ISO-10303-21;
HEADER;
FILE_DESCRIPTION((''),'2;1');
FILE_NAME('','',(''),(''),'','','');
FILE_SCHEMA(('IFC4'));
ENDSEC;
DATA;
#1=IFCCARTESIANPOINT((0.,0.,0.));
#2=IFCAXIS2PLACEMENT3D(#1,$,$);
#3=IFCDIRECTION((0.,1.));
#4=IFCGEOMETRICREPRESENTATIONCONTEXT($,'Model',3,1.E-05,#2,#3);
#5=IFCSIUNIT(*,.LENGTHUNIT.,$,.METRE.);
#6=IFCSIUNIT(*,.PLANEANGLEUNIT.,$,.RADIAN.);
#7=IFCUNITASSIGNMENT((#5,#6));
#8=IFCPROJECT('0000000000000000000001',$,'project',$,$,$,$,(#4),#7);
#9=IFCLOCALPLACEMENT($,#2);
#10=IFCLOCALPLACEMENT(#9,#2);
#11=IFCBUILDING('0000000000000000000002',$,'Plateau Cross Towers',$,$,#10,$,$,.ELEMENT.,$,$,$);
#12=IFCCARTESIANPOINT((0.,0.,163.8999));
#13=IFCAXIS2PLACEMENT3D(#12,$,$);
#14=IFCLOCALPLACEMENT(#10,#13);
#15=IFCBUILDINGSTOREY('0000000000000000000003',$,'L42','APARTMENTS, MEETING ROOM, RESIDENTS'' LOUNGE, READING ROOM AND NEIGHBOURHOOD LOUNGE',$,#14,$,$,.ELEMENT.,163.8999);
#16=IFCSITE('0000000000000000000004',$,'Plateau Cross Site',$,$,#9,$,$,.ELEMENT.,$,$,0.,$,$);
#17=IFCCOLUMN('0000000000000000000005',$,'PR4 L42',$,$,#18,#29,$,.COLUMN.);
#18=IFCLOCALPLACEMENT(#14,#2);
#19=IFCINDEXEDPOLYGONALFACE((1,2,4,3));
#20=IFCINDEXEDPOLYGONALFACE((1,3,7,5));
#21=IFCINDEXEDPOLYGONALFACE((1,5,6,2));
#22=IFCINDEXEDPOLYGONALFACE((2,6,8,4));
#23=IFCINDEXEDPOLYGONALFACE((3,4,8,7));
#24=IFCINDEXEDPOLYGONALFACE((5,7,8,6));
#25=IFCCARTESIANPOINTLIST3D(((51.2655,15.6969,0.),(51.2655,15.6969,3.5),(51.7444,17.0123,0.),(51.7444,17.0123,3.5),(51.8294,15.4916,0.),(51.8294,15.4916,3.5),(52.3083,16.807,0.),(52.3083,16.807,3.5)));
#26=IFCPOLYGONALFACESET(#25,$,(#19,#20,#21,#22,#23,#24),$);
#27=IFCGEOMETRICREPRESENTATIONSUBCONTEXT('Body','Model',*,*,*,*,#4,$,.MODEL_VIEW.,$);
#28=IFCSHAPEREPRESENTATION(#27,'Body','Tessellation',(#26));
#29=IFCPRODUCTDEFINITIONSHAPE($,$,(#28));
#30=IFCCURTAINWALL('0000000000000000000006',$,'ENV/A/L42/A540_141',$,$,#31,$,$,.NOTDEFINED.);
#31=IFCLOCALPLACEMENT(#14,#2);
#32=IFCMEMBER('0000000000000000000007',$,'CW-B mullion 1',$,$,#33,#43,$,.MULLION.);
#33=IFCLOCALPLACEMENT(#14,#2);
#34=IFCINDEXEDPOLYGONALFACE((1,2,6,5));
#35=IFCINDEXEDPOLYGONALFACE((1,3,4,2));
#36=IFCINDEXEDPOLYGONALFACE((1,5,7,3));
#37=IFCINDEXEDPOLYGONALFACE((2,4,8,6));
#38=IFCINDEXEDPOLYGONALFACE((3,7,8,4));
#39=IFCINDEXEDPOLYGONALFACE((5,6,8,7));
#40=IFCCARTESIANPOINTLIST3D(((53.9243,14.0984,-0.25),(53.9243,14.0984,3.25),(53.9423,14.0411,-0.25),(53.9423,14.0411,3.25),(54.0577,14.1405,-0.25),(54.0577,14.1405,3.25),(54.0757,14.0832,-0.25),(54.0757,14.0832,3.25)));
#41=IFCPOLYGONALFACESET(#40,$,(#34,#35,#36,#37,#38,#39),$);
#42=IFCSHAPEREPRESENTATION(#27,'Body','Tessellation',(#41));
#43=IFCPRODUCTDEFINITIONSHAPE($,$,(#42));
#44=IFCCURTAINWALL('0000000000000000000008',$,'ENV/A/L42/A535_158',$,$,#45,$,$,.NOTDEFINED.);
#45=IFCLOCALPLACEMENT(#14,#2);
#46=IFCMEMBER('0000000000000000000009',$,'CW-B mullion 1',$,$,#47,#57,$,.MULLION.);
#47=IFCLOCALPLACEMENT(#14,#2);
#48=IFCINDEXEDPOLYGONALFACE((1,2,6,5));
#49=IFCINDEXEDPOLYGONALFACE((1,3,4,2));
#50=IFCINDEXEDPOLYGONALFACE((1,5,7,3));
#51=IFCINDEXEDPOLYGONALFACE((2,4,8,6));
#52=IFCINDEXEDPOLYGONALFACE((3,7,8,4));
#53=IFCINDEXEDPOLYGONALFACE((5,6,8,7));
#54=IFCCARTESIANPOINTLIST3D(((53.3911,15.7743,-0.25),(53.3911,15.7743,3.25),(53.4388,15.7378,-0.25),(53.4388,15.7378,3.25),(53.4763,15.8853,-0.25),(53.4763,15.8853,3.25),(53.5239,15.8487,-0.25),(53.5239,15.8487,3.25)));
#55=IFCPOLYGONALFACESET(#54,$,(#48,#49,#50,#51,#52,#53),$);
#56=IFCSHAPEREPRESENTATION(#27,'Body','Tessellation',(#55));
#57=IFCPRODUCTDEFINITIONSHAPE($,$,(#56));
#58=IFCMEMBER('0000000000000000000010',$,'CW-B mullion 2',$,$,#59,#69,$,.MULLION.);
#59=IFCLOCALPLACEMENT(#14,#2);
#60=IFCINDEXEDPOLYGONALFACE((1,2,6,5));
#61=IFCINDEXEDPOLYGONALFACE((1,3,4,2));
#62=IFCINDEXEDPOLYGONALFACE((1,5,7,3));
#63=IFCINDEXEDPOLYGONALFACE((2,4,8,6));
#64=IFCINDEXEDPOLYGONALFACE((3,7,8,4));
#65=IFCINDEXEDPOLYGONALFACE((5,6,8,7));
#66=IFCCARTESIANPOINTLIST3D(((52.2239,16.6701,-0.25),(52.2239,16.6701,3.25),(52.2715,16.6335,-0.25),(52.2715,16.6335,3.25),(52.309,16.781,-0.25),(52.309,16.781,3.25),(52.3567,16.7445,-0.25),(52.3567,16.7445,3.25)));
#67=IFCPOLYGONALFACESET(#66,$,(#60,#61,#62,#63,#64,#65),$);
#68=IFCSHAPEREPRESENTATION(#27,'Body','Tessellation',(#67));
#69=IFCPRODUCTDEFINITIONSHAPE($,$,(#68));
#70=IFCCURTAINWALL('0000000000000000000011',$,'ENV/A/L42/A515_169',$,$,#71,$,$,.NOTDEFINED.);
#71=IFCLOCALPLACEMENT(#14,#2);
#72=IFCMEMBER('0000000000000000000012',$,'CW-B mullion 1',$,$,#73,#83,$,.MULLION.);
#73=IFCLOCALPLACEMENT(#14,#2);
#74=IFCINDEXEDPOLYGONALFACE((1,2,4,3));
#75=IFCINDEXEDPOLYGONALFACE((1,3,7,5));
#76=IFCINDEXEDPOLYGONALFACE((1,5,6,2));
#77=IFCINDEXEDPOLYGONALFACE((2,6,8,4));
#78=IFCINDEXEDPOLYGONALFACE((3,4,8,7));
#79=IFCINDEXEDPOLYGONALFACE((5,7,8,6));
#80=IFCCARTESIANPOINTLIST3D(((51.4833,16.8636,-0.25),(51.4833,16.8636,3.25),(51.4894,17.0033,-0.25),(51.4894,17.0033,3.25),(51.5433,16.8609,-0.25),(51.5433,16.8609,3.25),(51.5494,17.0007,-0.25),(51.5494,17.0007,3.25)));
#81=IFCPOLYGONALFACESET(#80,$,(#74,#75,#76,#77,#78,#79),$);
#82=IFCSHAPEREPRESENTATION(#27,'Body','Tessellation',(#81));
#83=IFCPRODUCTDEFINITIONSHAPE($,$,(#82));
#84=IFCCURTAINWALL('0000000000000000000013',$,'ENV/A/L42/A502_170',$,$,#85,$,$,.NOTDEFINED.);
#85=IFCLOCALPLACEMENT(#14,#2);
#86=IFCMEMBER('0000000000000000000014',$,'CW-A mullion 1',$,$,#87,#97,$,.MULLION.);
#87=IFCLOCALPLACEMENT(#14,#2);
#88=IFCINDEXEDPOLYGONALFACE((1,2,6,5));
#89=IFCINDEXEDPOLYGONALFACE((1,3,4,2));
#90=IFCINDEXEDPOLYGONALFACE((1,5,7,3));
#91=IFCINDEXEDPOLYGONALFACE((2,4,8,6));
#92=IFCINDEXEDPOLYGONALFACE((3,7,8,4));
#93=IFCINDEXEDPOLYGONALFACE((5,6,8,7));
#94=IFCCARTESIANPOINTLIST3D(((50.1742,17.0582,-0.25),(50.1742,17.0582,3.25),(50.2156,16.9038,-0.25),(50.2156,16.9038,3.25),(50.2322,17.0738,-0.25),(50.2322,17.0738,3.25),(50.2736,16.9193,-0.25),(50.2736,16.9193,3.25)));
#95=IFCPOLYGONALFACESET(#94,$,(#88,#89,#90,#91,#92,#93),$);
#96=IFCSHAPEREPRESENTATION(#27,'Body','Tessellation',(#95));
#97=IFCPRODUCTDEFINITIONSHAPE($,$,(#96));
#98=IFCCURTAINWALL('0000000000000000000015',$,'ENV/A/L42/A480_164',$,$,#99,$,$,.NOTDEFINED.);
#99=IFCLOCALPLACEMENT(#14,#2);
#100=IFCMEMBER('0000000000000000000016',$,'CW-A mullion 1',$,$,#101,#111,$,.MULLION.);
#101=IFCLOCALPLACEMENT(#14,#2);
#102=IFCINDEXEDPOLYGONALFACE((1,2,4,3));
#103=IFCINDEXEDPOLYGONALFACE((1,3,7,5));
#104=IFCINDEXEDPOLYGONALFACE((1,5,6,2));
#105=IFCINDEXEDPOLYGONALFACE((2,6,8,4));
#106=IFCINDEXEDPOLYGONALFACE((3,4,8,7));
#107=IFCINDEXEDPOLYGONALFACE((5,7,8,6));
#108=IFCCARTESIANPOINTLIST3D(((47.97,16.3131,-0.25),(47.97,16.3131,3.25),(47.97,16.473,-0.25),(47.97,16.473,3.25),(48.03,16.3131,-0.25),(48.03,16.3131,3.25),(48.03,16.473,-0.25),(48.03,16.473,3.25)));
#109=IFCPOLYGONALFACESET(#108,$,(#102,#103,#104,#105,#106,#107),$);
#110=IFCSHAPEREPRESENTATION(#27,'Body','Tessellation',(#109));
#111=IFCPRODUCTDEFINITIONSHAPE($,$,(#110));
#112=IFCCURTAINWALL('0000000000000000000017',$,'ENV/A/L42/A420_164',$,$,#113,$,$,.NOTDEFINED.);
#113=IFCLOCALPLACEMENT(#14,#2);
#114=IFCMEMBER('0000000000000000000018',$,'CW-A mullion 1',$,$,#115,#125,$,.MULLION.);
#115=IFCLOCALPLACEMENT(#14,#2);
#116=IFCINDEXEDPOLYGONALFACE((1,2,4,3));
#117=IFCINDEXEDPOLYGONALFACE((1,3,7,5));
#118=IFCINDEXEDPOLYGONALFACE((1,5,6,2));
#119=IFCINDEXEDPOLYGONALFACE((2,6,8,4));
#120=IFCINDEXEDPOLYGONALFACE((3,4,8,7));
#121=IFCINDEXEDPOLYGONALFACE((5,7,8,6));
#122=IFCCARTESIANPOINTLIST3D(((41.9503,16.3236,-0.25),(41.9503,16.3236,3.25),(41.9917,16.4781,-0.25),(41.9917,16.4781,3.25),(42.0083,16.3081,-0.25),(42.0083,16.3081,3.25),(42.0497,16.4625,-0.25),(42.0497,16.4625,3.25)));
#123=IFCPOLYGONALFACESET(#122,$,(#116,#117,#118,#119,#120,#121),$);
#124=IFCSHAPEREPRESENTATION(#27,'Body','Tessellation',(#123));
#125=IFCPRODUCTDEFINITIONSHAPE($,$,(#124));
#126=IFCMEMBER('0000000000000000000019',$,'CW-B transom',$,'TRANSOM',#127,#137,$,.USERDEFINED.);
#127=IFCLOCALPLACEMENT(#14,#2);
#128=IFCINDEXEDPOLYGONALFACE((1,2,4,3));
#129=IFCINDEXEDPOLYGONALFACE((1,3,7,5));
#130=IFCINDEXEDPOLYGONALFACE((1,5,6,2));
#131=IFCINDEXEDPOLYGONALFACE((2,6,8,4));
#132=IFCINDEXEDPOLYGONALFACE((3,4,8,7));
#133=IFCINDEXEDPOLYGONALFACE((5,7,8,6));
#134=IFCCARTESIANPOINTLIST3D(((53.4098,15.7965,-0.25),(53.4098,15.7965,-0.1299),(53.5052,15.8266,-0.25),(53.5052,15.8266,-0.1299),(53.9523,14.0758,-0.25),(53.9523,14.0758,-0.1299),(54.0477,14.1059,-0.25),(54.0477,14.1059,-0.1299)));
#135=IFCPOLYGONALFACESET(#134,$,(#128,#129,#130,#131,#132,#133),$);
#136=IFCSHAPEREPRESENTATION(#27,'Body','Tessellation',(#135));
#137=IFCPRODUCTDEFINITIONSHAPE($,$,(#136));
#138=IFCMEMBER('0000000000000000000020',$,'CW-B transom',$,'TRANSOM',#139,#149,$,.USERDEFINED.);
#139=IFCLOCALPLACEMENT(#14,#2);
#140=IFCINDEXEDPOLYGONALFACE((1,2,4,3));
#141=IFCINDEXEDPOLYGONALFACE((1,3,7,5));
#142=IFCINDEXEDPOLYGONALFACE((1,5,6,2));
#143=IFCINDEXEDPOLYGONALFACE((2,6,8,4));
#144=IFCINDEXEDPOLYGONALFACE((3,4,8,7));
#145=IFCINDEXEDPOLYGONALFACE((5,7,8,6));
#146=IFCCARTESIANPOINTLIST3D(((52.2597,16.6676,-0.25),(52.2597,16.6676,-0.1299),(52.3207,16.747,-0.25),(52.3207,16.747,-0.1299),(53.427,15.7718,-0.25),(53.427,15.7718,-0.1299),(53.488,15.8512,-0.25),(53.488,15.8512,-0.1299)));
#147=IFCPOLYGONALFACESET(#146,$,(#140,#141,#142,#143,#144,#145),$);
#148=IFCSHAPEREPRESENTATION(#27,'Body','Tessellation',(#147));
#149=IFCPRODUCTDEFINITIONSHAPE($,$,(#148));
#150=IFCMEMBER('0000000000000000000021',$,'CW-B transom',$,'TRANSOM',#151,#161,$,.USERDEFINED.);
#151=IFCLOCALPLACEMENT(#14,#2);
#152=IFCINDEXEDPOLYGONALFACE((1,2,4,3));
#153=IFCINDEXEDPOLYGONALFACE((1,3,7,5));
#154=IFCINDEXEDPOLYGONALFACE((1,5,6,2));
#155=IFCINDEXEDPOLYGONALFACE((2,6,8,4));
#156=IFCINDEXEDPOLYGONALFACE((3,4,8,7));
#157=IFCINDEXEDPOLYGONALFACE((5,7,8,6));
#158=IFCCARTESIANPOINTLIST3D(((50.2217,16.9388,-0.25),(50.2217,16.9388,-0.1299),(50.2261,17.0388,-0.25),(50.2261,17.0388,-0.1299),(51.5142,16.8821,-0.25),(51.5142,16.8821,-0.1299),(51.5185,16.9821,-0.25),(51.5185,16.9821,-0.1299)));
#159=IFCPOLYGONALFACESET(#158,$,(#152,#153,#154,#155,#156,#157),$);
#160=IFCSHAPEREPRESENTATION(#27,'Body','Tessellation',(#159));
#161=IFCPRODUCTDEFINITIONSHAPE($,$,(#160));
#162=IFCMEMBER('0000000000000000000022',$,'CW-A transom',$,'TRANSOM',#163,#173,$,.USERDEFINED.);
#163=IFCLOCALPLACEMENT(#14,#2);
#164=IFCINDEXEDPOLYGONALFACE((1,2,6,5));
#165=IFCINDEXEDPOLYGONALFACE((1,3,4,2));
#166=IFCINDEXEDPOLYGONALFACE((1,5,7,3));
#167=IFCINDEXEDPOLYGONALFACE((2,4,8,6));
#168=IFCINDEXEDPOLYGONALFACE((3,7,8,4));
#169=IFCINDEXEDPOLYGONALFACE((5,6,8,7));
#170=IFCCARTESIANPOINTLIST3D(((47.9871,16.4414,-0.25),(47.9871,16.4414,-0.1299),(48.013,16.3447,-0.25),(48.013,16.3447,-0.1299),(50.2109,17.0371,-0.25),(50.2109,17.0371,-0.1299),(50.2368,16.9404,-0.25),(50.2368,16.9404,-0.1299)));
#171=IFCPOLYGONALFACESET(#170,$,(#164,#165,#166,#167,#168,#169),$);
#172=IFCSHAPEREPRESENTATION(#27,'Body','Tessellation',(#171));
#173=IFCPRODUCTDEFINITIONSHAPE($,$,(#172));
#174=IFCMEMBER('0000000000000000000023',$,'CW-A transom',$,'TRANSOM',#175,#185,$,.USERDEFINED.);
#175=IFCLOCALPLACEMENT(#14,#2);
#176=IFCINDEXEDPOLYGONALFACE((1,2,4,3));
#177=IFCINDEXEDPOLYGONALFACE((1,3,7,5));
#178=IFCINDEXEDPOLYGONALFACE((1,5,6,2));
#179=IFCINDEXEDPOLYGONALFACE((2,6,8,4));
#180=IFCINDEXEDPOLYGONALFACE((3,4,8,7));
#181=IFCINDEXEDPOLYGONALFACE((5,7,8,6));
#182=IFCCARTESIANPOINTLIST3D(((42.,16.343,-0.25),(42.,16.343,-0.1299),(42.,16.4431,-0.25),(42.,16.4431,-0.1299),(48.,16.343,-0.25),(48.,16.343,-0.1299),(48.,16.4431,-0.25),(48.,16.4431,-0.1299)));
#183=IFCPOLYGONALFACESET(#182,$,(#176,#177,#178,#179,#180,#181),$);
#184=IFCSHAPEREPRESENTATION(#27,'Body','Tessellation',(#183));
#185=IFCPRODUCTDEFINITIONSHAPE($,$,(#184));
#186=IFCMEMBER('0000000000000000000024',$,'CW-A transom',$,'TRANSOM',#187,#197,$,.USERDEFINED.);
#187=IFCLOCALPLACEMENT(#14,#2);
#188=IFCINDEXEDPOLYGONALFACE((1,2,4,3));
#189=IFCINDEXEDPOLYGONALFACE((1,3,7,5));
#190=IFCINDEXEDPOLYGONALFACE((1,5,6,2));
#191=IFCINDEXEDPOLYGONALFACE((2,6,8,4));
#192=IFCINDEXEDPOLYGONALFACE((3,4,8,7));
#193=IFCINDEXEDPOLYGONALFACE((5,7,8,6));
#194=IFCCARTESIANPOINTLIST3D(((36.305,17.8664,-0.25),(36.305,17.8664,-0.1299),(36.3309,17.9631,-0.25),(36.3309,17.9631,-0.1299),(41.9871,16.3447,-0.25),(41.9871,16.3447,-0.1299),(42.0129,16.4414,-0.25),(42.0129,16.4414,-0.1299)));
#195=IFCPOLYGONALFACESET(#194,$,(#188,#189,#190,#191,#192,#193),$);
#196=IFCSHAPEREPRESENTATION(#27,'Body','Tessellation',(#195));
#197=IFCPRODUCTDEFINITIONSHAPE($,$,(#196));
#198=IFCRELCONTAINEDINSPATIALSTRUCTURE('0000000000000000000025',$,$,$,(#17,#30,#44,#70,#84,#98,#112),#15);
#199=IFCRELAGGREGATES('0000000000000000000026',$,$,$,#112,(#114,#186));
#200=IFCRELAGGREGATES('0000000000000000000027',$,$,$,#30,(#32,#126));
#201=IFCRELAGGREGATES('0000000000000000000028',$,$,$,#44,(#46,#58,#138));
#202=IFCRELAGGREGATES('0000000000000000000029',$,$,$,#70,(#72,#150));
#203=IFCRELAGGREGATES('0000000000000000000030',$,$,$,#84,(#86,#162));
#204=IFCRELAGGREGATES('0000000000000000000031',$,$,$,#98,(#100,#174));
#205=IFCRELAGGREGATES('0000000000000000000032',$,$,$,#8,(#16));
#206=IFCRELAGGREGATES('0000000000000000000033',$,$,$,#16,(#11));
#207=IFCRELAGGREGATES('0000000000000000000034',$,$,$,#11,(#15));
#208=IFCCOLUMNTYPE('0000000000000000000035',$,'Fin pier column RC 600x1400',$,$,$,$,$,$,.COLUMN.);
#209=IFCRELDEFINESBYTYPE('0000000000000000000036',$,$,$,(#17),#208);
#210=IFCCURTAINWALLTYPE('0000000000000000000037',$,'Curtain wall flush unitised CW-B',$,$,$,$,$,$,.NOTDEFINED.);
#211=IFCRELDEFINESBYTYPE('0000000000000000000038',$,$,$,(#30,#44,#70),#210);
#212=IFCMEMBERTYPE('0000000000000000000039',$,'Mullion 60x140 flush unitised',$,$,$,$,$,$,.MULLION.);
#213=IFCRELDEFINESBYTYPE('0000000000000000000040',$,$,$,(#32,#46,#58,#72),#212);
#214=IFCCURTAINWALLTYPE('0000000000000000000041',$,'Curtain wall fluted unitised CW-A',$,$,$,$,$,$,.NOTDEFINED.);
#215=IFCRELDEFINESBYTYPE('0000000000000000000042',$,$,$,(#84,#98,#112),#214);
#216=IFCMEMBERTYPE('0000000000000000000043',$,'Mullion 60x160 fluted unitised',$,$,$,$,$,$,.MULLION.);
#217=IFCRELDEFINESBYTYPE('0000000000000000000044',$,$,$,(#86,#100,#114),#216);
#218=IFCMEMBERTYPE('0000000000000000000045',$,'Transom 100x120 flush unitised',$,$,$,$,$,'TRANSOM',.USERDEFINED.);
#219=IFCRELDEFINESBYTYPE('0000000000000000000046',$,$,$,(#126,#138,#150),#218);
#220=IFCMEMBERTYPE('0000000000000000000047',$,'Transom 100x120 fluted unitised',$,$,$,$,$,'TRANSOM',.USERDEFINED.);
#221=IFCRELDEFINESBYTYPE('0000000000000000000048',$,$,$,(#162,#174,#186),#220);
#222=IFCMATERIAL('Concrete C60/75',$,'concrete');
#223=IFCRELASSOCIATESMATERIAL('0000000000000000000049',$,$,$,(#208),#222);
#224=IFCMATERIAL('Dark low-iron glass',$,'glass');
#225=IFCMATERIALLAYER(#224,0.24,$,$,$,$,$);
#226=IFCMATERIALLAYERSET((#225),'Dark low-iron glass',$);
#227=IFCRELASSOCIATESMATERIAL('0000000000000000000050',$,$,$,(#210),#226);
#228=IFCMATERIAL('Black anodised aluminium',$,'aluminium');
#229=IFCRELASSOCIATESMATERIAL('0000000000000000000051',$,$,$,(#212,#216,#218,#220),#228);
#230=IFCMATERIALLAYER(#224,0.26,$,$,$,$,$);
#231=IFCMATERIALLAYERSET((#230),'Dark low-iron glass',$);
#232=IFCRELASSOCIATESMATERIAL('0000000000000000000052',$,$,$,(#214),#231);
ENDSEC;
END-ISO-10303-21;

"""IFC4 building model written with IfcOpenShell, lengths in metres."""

from ifc_helpers import new_model, si_unit, direction, frame, origin, origin_2d, place, context, subcontext, project, spatial, rectangle, extrude, material, layer, layer_set, material_profile, profile_set, type_object, element, aggregate, save


model = new_model("IFC4")

# Units and contexts
model_context = context("Model", 3, precision=1e-05, world=origin(), true_north=direction((0.0, 1.0)))
body_context = subcontext(model_context, "Body", "Model", "MODEL_VIEW")
ifc_project = project(units=[si_unit("LENGTHUNIT", "METRE"), si_unit("PLANEANGLEUNIT", "RADIAN")], contexts=[model_context])

# Site, building, storey
site_placement = place(None, origin())
site = spatial("IfcSite", under=ifc_project, at=site_placement, Name="Plateau Cross Site", CompositionType="ELEMENT", RefElevation=0.0)
building_placement = place(site_placement, origin())
building = spatial("IfcBuilding", under=site, at=building_placement, Name="Plateau Cross Towers", CompositionType="ELEMENT")
storey_placement = place(building_placement, frame((0.0, 0.0, 163.8999)))
storey = spatial("IfcBuildingStorey", under=building, at=storey_placement, Name="L42", Description="APARTMENTS, MEETING ROOM, RESIDENTS' LOUNGE, READING ROOM AND NEIGHBOURHOOD LOUNGE", CompositionType="ELEMENT", Elevation=163.8999)

# Column
ifc_material_1 = material(Name="Concrete C60/75", Category="concrete")
ifc_material_profile_1 = material_profile(ifc_material_1, rectangle(XDim=0.6001, YDim=1.3999, at=origin_2d()), Name="RC 600x1400")
ifc_profile_set_1 = profile_set([ifc_material_profile_1], Name="Concrete C60/75")
column_type = type_object("IfcColumnType", Name="Fin pier column RC 600x1400", PredefinedType="COLUMN", material=ifc_profile_set_1)
column_placement = place(storey_placement, frame((51.7869, 16.252, 0.0), z_axis=(0.0, 0.0, 1.0), x_axis=(-0.939664, 0.342098, 0.0)))
element("IfcColumn", 1, at=column_placement, inside=storey, type_object=column_type, Name="PR4 L42", PredefinedType="COLUMN", context=body_context, shape_type="SweptSolid", body=[
    extrude(rectangle(XDim=0.6001, YDim=1.3999, at=origin_2d()), origin(), (0.0, 0.0, 1.0), 3.5),
])

# Curtain wall, member
ifc_material_2 = material(Name="Dark low-iron glass", Category="glass")
ifc_layer_1 = layer(ifc_material_2, 0.24)
ifc_layer_set_1 = layer_set([ifc_layer_1], Name="Dark low-iron glass")
curtain_wall_type_1 = type_object("IfcCurtainWallType", Name="Curtain wall flush unitised CW-B", PredefinedType="NOTDEFINED", material=ifc_layer_set_1)
curtain_wall_1_placement = place(storey_placement, origin())
curtain_wall_1 = element("IfcCurtainWall", 2, at=curtain_wall_1_placement, inside=storey, type_object=curtain_wall_type_1, Name="ENV/A/L42/A540_141", PredefinedType="NOTDEFINED")
ifc_material_3 = material(Name="Black anodised aluminium", Category="aluminium")
ifc_material_profile_2 = material_profile(ifc_material_3, rectangle(XDim=0.0601, YDim=0.1399, at=origin_2d()), Name="MULLION 60x140")
ifc_profile_set_2 = profile_set([ifc_material_profile_2], Name="Black anodised aluminium")
member_type_1 = type_object("IfcMemberType", Name="Mullion 60x140 flush unitised", PredefinedType="MULLION", material=ifc_profile_set_2)
member_1_placement = place(storey_placement, frame((54.0, 14.0908, -0.25), z_axis=(0.0, 0.0, 1.0), x_axis=(-0.300686, 0.953723, 0.0)))
member_1 = element("IfcMember", 3, at=member_1_placement, type_object=member_type_1, Name="CW-B mullion 1", PredefinedType="MULLION", context=body_context, shape_type="SweptSolid", body=[
    extrude(rectangle(XDim=0.0601, YDim=0.1399, at=origin_2d()), origin(), (0.0, 0.0, 1.0), 3.5),
])

# Curtain wall, members
curtain_wall_2_placement = place(storey_placement, origin())
curtain_wall_2 = element("IfcCurtainWall", 4, at=curtain_wall_2_placement, inside=storey, type_object=curtain_wall_type_1, Name="ENV/A/L42/A535_158", PredefinedType="NOTDEFINED")
member_2_placement = place(storey_placement, frame((53.4575, 15.8115, -0.25), z_axis=(0.0, 0.0, 1.0), x_axis=(-0.793316, 0.608811, 0.0)))
member_2 = element("IfcMember", 5, at=member_2_placement, type_object=member_type_1, Name="CW-B mullion 1", PredefinedType="MULLION", context=body_context, shape_type="SweptSolid", body=[
    extrude(rectangle(XDim=0.0601, YDim=0.1399, at=origin_2d()), origin(), (0.0, 0.0, 1.0), 3.5),
])
member_3_placement = place(storey_placement, frame((52.2903, 16.7073, -0.25), z_axis=(0.0, 0.0, 1.0), x_axis=(-0.793316, 0.608811, 0.0)))
member_3 = element("IfcMember", 6, at=member_3_placement, type_object=member_type_1, Name="CW-B mullion 2", PredefinedType="MULLION", context=body_context, shape_type="SweptSolid", body=[
    extrude(rectangle(XDim=0.0601, YDim=0.1399, at=origin_2d()), origin(), (0.0, 0.0, 1.0), 3.5),
])

# Curtain walls, members
curtain_wall_3_placement = place(storey_placement, origin())
curtain_wall_3 = element("IfcCurtainWall", 7, at=curtain_wall_3_placement, inside=storey, type_object=curtain_wall_type_1, Name="ENV/A/L42/A515_169", PredefinedType="NOTDEFINED")
member_4_placement = place(storey_placement, frame((51.5164, 16.9321, -0.25), z_axis=(0.0, 0.0, 1.0), x_axis=(-0.999044, 0.043723, 0.0)))
member_4 = element("IfcMember", 8, at=member_4_placement, type_object=member_type_1, Name="CW-B mullion 1", PredefinedType="MULLION", context=body_context, shape_type="SweptSolid", body=[
    extrude(rectangle(XDim=0.0601, YDim=0.1399, at=origin_2d()), origin(), (0.0, 0.0, 1.0), 3.5),
])
ifc_layer_2 = layer(ifc_material_2, 0.26)
ifc_layer_set_2 = layer_set([ifc_layer_2], Name="Dark low-iron glass")
curtain_wall_type_2 = type_object("IfcCurtainWallType", Name="Curtain wall fluted unitised CW-A", PredefinedType="NOTDEFINED", material=ifc_layer_set_2)
curtain_wall_4_placement = place(storey_placement, origin())
curtain_wall_4 = element("IfcCurtainWall", 9, at=curtain_wall_4_placement, inside=storey, type_object=curtain_wall_type_2, Name="ENV/A/L42/A502_170", PredefinedType="NOTDEFINED")
ifc_material_profile_3 = material_profile(ifc_material_3, rectangle(XDim=0.0601, YDim=0.1599, at=origin_2d()), Name="MULLION 60x160")
ifc_profile_set_3 = profile_set([ifc_material_profile_3], Name="Black anodised aluminium")
member_type_2 = type_object("IfcMemberType", Name="Mullion 60x160 fluted unitised", PredefinedType="MULLION", material=ifc_profile_set_3)
member_5_placement = place(storey_placement, frame((50.2239, 16.9888, -0.25), z_axis=(0.0, 0.0, 1.0), x_axis=(-0.965958, -0.258699, 0.0)))
member_5 = element("IfcMember", 10, at=member_5_placement, type_object=member_type_2, Name="CW-A mullion 1", PredefinedType="MULLION", context=body_context, shape_type="SweptSolid", body=[
    extrude(rectangle(XDim=0.0601, YDim=0.1599, at=origin_2d()), origin(), (0.0, 0.0, 1.0), 3.5),
])
curtain_wall_5_placement = place(storey_placement, origin())
curtain_wall_5 = element("IfcCurtainWall", 11, at=curtain_wall_5_placement, inside=storey, type_object=curtain_wall_type_2, Name="ENV/A/L42/A480_164", PredefinedType="NOTDEFINED")
member_6_placement = place(storey_placement, frame((48.0, 16.3931, -0.25), z_axis=(0.0, 0.0, 1.0), x_axis=(-1.0, 0.0, 0.0)))
member_6 = element("IfcMember", 12, at=member_6_placement, type_object=member_type_2, Name="CW-A mullion 1", PredefinedType="MULLION", context=body_context, shape_type="SweptSolid", body=[
    extrude(rectangle(XDim=0.0601, YDim=0.1599, at=origin_2d()), origin(), (0.0, 0.0, 1.0), 3.5),
])
curtain_wall_6_placement = place(storey_placement, origin())
curtain_wall_6 = element("IfcCurtainWall", 13, at=curtain_wall_6_placement, inside=storey, type_object=curtain_wall_type_2, Name="ENV/A/L42/A420_164", PredefinedType="NOTDEFINED")
member_7_placement = place(storey_placement, frame((42.0, 16.3931, -0.25), z_axis=(0.0, 0.0, 1.0), x_axis=(-0.965958, 0.258699, 0.0)))
member_7 = element("IfcMember", 14, at=member_7_placement, type_object=member_type_2, Name="CW-A mullion 1", PredefinedType="MULLION", context=body_context, shape_type="SweptSolid", body=[
    extrude(rectangle(XDim=0.0601, YDim=0.1599, at=origin_2d()), origin(), (0.0, 0.0, 1.0), 3.5),
])

# Members
ifc_material_profile_4 = material_profile(ifc_material_3, rectangle(XDim=0.1001, YDim=0.1201, at=origin_2d()), Name="TRANSOM 100x120")
ifc_profile_set_4 = profile_set([ifc_material_profile_4], Name="Black anodised aluminium")
member_type_3 = type_object("IfcMemberType", Name="Transom 100x120 flush unitised", ElementType="TRANSOM", PredefinedType="USERDEFINED", material=ifc_profile_set_4)
member_8_placement = place(storey_placement, frame((54.0, 14.0908, -0.1899), z_axis=(-0.300678, 0.953726, 0.0), x_axis=(-0.953726, -0.300678, 0.0)))
member_8 = element("IfcMember", 15, at=member_8_placement, type_object=member_type_3, Name="CW-B transom", ObjectType="TRANSOM", PredefinedType="USERDEFINED", context=body_context, shape_type="SweptSolid", body=[
    extrude(rectangle(XDim=0.1001, YDim=0.1201, at=origin_2d()), origin(), (0.0, 0.0, 1.0), 1.8042),
])
member_9_placement = place(storey_placement, frame((53.4575, 15.8115, -0.1899), z_axis=(-0.793321, 0.608804, 0.0), x_axis=(-0.608804, -0.793321, 0.0)))
member_9 = element("IfcMember", 16, at=member_9_placement, type_object=member_type_3, Name="CW-B transom", ObjectType="TRANSOM", PredefinedType="USERDEFINED", context=body_context, shape_type="SweptSolid", body=[
    extrude(rectangle(XDim=0.1001, YDim=0.1201, at=origin_2d()), origin(), (0.0, 0.0, 1.0), 1.4714),
])
member_10_placement = place(storey_placement, frame((51.5164, 16.9321, -0.1899), z_axis=(-0.999041, 0.043781, 0.0), x_axis=(-0.043781, -0.999041, 0.0)))
member_10 = element("IfcMember", 17, at=member_10_placement, type_object=member_type_3, Name="CW-B transom", ObjectType="TRANSOM", PredefinedType="USERDEFINED", context=body_context, shape_type="SweptSolid", body=[
    extrude(rectangle(XDim=0.1001, YDim=0.1201, at=origin_2d()), origin(), (0.0, 0.0, 1.0), 1.2937),
])
ifc_material_profile_5 = material_profile(ifc_material_3, rectangle(XDim=0.1001, YDim=0.1201, at=origin_2d()), Name="TRANSOM 100x120")
ifc_profile_set_5 = profile_set([ifc_material_profile_5], Name="Black anodised aluminium")
member_type_4 = type_object("IfcMemberType", Name="Transom 100x120 fluted unitised", ElementType="TRANSOM", PredefinedType="USERDEFINED", material=ifc_profile_set_5)
member_11_placement = place(storey_placement, frame((50.2239, 16.9888, -0.1899), z_axis=(-0.965946, -0.258745, 0.0), x_axis=(0.258745, -0.965946, 0.0)))
member_11 = element("IfcMember", 18, at=member_11_placement, type_object=member_type_4, Name="CW-A transom", ObjectType="TRANSOM", PredefinedType="USERDEFINED", context=body_context, shape_type="SweptSolid", body=[
    extrude(rectangle(XDim=0.1001, YDim=0.1201, at=origin_2d()), origin(), (0.0, 0.0, 1.0), 2.3022),
])
member_12_placement = place(storey_placement, frame((48.0, 16.3931, -0.1899), z_axis=(-1.0, 0.0, 0.0), x_axis=(0.0, -1.0, 0.0)))
member_12 = element("IfcMember", 19, at=member_12_placement, type_object=member_type_4, Name="CW-A transom", ObjectType="TRANSOM", PredefinedType="USERDEFINED", context=body_context, shape_type="SweptSolid", body=[
    extrude(rectangle(XDim=0.1001, YDim=0.1201, at=origin_2d()), origin(), (0.0, 0.0, 1.0), 6.0),
])
member_13_placement = place(storey_placement, frame((42.0, 16.3931, -0.1899), z_axis=(-0.96596, 0.258693, 0.0), x_axis=(-0.258693, -0.96596, 0.0)))
member_13 = element("IfcMember", 20, at=member_13_placement, type_object=member_type_4, Name="CW-A transom", ObjectType="TRANSOM", PredefinedType="USERDEFINED", context=body_context, shape_type="SweptSolid", body=[
    extrude(rectangle(XDim=0.1001, YDim=0.1201, at=origin_2d()), origin(), (0.0, 0.0, 1.0), 5.8823),
])
aggregate(curtain_wall_6, [member_7, member_13])

aggregate(curtain_wall_1, [member_1, member_8])
aggregate(curtain_wall_2, [member_2, member_3, member_9])
aggregate(curtain_wall_3, [member_4, member_10])
aggregate(curtain_wall_4, [member_5, member_11])
aggregate(curtain_wall_5, [member_6, member_12])

save(model, "model.ifc")
